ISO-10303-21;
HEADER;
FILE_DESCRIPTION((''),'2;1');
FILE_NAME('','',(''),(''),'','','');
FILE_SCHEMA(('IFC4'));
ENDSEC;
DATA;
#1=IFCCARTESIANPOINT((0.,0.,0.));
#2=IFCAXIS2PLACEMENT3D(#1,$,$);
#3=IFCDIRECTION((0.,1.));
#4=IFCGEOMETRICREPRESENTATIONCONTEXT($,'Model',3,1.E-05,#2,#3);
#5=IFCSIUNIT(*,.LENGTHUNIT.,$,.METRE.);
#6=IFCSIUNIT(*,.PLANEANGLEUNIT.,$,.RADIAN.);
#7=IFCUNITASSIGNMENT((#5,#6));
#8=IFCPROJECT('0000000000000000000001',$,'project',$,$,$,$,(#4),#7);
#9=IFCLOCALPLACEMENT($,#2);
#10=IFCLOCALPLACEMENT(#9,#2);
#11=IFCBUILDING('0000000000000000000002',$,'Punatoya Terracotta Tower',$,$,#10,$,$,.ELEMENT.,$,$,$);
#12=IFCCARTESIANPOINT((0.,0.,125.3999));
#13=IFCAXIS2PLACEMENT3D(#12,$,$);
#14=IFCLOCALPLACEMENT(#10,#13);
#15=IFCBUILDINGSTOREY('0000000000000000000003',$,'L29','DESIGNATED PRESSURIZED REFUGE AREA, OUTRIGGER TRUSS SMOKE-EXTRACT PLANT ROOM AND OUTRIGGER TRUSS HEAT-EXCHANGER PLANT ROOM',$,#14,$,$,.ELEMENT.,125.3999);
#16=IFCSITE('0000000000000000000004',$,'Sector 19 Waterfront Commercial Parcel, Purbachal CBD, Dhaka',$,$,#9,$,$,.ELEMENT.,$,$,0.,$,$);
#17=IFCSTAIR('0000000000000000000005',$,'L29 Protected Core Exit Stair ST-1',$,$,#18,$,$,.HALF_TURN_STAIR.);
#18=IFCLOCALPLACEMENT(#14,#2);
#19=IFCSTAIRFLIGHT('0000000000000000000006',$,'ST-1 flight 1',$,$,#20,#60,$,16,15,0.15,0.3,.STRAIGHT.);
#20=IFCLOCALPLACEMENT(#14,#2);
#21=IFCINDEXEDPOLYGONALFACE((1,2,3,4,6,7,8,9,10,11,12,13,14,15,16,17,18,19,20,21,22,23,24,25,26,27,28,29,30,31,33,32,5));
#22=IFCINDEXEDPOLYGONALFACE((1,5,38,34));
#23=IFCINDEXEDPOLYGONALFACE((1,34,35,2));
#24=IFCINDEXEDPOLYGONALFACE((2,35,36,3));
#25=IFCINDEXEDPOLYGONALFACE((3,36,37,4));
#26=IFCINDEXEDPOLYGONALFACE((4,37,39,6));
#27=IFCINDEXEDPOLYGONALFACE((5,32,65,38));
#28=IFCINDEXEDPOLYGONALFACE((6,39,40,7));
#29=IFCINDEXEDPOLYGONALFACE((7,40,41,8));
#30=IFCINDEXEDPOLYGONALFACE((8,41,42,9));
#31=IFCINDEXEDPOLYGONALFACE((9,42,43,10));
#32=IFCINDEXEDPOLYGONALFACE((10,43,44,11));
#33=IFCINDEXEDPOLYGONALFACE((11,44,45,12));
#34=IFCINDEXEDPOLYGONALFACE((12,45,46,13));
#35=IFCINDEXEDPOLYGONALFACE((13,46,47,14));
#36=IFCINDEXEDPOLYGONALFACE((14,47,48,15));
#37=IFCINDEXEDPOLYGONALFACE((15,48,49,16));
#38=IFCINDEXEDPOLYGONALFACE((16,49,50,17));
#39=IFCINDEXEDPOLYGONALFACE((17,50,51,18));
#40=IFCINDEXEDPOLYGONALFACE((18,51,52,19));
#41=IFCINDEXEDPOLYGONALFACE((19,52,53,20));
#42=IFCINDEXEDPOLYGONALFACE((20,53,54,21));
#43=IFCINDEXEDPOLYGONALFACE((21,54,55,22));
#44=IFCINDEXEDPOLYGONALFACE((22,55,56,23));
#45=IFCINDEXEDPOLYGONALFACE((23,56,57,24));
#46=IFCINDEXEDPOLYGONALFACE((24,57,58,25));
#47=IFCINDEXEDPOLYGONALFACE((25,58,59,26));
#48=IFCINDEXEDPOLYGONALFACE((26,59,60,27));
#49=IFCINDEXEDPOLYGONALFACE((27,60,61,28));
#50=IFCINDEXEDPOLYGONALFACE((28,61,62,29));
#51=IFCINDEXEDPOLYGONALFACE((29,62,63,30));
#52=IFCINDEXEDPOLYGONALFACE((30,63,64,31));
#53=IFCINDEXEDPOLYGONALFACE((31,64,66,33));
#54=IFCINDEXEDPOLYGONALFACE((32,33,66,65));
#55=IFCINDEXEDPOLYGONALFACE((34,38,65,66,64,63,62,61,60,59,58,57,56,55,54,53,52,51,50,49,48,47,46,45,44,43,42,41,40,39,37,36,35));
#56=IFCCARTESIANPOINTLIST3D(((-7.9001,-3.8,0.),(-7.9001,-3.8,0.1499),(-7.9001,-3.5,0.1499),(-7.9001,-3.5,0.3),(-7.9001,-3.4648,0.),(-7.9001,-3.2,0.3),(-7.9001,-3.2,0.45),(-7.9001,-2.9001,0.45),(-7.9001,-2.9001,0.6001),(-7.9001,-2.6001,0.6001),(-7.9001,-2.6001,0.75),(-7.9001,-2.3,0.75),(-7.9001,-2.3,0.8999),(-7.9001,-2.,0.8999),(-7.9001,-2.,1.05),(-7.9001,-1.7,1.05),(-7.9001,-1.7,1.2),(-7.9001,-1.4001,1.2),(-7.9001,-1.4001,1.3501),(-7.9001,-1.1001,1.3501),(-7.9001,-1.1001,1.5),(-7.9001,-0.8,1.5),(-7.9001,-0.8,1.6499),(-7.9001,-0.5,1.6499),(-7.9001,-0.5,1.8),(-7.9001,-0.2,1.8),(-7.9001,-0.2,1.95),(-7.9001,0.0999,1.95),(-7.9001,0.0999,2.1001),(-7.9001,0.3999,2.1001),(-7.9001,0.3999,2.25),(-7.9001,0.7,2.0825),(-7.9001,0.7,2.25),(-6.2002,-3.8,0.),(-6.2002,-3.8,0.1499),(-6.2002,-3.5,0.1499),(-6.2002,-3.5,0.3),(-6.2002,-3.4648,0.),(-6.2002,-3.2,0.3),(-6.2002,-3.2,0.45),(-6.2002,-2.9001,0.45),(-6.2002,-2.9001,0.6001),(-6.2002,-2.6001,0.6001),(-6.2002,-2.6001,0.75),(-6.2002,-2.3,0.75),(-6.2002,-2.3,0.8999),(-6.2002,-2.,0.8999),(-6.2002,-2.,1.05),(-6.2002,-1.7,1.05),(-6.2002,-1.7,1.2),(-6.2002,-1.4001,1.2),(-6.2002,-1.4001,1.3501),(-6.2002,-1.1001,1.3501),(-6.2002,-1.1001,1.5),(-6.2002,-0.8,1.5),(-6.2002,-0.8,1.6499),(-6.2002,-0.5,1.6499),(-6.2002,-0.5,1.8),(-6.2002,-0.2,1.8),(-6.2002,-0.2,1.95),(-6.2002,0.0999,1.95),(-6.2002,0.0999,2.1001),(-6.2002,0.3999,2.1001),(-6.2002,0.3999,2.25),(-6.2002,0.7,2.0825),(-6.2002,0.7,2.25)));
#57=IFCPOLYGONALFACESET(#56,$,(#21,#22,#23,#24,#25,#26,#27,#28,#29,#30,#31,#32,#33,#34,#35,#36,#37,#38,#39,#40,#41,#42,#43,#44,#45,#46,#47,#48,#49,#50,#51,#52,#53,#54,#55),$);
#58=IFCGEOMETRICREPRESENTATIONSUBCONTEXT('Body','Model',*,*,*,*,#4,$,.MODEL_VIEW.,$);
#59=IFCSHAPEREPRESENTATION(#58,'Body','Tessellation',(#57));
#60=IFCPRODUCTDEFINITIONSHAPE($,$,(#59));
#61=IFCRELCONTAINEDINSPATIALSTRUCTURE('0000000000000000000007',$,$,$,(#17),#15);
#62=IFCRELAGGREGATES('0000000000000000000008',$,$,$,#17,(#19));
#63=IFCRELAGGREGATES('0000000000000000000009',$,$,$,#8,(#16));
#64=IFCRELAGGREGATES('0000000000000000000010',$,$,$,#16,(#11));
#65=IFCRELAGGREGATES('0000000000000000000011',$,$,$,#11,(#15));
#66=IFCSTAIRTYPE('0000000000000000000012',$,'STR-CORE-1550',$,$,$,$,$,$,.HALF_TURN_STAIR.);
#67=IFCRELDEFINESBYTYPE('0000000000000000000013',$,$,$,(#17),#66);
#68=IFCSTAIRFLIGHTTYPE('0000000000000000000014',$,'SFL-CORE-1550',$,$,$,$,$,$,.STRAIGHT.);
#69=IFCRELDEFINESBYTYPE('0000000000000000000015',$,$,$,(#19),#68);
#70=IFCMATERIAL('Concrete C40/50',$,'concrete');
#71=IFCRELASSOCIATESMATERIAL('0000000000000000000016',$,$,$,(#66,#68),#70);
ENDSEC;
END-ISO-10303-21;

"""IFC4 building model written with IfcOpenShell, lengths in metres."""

from ifc_helpers import new_model, si_unit, direction, frame, origin, place, context, subcontext, project, spatial, polyline, outline, extrude, material, type_object, element, aggregate, save


model = new_model("IFC4")

# Units and contexts
model_context = context("Model", 3, precision=1e-05, world=origin(), true_north=direction((0.0, 1.0)))
body_context = subcontext(model_context, "Body", "Model", "MODEL_VIEW")
ifc_project = project(units=[si_unit("LENGTHUNIT", "METRE"), si_unit("PLANEANGLEUNIT", "RADIAN")], contexts=[model_context])

# Site, building, storey
site_placement = place(None, origin())
site = spatial("IfcSite", under=ifc_project, at=site_placement, Name="Sector 19 Waterfront Commercial Parcel, Purbachal CBD, Dhaka", CompositionType="ELEMENT", RefElevation=0.0)
building_placement = place(site_placement, origin())
building = spatial("IfcBuilding", under=site, at=building_placement, Name="Punatoya Terracotta Tower", CompositionType="ELEMENT")
storey_placement = place(building_placement, frame((0.0, 0.0, 125.3999)))
storey = spatial("IfcBuildingStorey", under=building, at=storey_placement, Name="L29", Description="DESIGNATED PRESSURIZED REFUGE AREA, OUTRIGGER TRUSS SMOKE-EXTRACT PLANT ROOM AND OUTRIGGER TRUSS HEAT-EXCHANGER PLANT ROOM", CompositionType="ELEMENT", Elevation=125.3999)

# Shared definitions
ifc_material_1 = material(Name="Concrete C40/50", Category="concrete")

# Stair, stair flight
stair_type = type_object("IfcStairType", Name="STR-CORE-1550", PredefinedType="HALF_TURN_STAIR", material=ifc_material_1)
stair_placement = place(storey_placement, origin())
stair = element("IfcStair", 1, at=stair_placement, inside=storey, type_object=stair_type, Name="L29 Protected Core Exit Stair ST-1", PredefinedType="HALF_TURN_STAIR")
stair_flight_type = type_object("IfcStairFlightType", Name="SFL-CORE-1550", PredefinedType="STRAIGHT", material=ifc_material_1)
stair_flight_placement = place(storey_placement, frame((-7.05, -3.8, 0.0), z_axis=(0.0, 0.0, 1.0), x_axis=(0.0, 1.0, 0.0)))
stair_flight = element("IfcStairFlight", 2, at=stair_flight_placement, type_object=stair_flight_type, Name="ST-1 flight 1", NumberOfRisers=16, NumberOfTreads=15, PredefinedType="STRAIGHT", RiserHeight=0.15, TreadLength=0.3, context=body_context, shape_type="SweptSolid", body=[
    extrude(outline(polyline([(0.0, 0.0), (0.0, 0.1499), (0.3, 0.1499), (0.3, 0.3), (0.6001, 0.3), (0.6001, 0.45), (0.8999, 0.45), (0.8999, 0.6001), (1.2, 0.6001), (1.2, 0.75), (1.5, 0.75), (1.5, 0.8999), (1.8, 0.8999), (1.8, 1.05), (2.1001, 1.05), (2.1001, 1.2), (2.3999, 1.2), (2.3999, 1.3501), (2.7, 1.3501), (2.7, 1.5), (3.0, 1.5), (3.0, 1.6499), (3.3, 1.6499), (3.3, 1.8), (3.6001, 1.8), (3.6001, 1.95), (3.8999, 1.95), (3.8999, 2.1001), (4.2, 2.1001), (4.2, 2.25), (4.5, 2.25), (4.5, 2.3999), (4.5, 2.0825), (0.3352, 0.0), (0.0, 0.0)])), frame((0.0, 0.8501, 0.0), z_axis=(0.0, -1.0, 0.0), x_axis=(1.0, 0.0, 0.0)), (0.0, 0.0, 1.0), 1.7),
])
aggregate(stair, [stair_flight])

save(model, "model.ifc")
